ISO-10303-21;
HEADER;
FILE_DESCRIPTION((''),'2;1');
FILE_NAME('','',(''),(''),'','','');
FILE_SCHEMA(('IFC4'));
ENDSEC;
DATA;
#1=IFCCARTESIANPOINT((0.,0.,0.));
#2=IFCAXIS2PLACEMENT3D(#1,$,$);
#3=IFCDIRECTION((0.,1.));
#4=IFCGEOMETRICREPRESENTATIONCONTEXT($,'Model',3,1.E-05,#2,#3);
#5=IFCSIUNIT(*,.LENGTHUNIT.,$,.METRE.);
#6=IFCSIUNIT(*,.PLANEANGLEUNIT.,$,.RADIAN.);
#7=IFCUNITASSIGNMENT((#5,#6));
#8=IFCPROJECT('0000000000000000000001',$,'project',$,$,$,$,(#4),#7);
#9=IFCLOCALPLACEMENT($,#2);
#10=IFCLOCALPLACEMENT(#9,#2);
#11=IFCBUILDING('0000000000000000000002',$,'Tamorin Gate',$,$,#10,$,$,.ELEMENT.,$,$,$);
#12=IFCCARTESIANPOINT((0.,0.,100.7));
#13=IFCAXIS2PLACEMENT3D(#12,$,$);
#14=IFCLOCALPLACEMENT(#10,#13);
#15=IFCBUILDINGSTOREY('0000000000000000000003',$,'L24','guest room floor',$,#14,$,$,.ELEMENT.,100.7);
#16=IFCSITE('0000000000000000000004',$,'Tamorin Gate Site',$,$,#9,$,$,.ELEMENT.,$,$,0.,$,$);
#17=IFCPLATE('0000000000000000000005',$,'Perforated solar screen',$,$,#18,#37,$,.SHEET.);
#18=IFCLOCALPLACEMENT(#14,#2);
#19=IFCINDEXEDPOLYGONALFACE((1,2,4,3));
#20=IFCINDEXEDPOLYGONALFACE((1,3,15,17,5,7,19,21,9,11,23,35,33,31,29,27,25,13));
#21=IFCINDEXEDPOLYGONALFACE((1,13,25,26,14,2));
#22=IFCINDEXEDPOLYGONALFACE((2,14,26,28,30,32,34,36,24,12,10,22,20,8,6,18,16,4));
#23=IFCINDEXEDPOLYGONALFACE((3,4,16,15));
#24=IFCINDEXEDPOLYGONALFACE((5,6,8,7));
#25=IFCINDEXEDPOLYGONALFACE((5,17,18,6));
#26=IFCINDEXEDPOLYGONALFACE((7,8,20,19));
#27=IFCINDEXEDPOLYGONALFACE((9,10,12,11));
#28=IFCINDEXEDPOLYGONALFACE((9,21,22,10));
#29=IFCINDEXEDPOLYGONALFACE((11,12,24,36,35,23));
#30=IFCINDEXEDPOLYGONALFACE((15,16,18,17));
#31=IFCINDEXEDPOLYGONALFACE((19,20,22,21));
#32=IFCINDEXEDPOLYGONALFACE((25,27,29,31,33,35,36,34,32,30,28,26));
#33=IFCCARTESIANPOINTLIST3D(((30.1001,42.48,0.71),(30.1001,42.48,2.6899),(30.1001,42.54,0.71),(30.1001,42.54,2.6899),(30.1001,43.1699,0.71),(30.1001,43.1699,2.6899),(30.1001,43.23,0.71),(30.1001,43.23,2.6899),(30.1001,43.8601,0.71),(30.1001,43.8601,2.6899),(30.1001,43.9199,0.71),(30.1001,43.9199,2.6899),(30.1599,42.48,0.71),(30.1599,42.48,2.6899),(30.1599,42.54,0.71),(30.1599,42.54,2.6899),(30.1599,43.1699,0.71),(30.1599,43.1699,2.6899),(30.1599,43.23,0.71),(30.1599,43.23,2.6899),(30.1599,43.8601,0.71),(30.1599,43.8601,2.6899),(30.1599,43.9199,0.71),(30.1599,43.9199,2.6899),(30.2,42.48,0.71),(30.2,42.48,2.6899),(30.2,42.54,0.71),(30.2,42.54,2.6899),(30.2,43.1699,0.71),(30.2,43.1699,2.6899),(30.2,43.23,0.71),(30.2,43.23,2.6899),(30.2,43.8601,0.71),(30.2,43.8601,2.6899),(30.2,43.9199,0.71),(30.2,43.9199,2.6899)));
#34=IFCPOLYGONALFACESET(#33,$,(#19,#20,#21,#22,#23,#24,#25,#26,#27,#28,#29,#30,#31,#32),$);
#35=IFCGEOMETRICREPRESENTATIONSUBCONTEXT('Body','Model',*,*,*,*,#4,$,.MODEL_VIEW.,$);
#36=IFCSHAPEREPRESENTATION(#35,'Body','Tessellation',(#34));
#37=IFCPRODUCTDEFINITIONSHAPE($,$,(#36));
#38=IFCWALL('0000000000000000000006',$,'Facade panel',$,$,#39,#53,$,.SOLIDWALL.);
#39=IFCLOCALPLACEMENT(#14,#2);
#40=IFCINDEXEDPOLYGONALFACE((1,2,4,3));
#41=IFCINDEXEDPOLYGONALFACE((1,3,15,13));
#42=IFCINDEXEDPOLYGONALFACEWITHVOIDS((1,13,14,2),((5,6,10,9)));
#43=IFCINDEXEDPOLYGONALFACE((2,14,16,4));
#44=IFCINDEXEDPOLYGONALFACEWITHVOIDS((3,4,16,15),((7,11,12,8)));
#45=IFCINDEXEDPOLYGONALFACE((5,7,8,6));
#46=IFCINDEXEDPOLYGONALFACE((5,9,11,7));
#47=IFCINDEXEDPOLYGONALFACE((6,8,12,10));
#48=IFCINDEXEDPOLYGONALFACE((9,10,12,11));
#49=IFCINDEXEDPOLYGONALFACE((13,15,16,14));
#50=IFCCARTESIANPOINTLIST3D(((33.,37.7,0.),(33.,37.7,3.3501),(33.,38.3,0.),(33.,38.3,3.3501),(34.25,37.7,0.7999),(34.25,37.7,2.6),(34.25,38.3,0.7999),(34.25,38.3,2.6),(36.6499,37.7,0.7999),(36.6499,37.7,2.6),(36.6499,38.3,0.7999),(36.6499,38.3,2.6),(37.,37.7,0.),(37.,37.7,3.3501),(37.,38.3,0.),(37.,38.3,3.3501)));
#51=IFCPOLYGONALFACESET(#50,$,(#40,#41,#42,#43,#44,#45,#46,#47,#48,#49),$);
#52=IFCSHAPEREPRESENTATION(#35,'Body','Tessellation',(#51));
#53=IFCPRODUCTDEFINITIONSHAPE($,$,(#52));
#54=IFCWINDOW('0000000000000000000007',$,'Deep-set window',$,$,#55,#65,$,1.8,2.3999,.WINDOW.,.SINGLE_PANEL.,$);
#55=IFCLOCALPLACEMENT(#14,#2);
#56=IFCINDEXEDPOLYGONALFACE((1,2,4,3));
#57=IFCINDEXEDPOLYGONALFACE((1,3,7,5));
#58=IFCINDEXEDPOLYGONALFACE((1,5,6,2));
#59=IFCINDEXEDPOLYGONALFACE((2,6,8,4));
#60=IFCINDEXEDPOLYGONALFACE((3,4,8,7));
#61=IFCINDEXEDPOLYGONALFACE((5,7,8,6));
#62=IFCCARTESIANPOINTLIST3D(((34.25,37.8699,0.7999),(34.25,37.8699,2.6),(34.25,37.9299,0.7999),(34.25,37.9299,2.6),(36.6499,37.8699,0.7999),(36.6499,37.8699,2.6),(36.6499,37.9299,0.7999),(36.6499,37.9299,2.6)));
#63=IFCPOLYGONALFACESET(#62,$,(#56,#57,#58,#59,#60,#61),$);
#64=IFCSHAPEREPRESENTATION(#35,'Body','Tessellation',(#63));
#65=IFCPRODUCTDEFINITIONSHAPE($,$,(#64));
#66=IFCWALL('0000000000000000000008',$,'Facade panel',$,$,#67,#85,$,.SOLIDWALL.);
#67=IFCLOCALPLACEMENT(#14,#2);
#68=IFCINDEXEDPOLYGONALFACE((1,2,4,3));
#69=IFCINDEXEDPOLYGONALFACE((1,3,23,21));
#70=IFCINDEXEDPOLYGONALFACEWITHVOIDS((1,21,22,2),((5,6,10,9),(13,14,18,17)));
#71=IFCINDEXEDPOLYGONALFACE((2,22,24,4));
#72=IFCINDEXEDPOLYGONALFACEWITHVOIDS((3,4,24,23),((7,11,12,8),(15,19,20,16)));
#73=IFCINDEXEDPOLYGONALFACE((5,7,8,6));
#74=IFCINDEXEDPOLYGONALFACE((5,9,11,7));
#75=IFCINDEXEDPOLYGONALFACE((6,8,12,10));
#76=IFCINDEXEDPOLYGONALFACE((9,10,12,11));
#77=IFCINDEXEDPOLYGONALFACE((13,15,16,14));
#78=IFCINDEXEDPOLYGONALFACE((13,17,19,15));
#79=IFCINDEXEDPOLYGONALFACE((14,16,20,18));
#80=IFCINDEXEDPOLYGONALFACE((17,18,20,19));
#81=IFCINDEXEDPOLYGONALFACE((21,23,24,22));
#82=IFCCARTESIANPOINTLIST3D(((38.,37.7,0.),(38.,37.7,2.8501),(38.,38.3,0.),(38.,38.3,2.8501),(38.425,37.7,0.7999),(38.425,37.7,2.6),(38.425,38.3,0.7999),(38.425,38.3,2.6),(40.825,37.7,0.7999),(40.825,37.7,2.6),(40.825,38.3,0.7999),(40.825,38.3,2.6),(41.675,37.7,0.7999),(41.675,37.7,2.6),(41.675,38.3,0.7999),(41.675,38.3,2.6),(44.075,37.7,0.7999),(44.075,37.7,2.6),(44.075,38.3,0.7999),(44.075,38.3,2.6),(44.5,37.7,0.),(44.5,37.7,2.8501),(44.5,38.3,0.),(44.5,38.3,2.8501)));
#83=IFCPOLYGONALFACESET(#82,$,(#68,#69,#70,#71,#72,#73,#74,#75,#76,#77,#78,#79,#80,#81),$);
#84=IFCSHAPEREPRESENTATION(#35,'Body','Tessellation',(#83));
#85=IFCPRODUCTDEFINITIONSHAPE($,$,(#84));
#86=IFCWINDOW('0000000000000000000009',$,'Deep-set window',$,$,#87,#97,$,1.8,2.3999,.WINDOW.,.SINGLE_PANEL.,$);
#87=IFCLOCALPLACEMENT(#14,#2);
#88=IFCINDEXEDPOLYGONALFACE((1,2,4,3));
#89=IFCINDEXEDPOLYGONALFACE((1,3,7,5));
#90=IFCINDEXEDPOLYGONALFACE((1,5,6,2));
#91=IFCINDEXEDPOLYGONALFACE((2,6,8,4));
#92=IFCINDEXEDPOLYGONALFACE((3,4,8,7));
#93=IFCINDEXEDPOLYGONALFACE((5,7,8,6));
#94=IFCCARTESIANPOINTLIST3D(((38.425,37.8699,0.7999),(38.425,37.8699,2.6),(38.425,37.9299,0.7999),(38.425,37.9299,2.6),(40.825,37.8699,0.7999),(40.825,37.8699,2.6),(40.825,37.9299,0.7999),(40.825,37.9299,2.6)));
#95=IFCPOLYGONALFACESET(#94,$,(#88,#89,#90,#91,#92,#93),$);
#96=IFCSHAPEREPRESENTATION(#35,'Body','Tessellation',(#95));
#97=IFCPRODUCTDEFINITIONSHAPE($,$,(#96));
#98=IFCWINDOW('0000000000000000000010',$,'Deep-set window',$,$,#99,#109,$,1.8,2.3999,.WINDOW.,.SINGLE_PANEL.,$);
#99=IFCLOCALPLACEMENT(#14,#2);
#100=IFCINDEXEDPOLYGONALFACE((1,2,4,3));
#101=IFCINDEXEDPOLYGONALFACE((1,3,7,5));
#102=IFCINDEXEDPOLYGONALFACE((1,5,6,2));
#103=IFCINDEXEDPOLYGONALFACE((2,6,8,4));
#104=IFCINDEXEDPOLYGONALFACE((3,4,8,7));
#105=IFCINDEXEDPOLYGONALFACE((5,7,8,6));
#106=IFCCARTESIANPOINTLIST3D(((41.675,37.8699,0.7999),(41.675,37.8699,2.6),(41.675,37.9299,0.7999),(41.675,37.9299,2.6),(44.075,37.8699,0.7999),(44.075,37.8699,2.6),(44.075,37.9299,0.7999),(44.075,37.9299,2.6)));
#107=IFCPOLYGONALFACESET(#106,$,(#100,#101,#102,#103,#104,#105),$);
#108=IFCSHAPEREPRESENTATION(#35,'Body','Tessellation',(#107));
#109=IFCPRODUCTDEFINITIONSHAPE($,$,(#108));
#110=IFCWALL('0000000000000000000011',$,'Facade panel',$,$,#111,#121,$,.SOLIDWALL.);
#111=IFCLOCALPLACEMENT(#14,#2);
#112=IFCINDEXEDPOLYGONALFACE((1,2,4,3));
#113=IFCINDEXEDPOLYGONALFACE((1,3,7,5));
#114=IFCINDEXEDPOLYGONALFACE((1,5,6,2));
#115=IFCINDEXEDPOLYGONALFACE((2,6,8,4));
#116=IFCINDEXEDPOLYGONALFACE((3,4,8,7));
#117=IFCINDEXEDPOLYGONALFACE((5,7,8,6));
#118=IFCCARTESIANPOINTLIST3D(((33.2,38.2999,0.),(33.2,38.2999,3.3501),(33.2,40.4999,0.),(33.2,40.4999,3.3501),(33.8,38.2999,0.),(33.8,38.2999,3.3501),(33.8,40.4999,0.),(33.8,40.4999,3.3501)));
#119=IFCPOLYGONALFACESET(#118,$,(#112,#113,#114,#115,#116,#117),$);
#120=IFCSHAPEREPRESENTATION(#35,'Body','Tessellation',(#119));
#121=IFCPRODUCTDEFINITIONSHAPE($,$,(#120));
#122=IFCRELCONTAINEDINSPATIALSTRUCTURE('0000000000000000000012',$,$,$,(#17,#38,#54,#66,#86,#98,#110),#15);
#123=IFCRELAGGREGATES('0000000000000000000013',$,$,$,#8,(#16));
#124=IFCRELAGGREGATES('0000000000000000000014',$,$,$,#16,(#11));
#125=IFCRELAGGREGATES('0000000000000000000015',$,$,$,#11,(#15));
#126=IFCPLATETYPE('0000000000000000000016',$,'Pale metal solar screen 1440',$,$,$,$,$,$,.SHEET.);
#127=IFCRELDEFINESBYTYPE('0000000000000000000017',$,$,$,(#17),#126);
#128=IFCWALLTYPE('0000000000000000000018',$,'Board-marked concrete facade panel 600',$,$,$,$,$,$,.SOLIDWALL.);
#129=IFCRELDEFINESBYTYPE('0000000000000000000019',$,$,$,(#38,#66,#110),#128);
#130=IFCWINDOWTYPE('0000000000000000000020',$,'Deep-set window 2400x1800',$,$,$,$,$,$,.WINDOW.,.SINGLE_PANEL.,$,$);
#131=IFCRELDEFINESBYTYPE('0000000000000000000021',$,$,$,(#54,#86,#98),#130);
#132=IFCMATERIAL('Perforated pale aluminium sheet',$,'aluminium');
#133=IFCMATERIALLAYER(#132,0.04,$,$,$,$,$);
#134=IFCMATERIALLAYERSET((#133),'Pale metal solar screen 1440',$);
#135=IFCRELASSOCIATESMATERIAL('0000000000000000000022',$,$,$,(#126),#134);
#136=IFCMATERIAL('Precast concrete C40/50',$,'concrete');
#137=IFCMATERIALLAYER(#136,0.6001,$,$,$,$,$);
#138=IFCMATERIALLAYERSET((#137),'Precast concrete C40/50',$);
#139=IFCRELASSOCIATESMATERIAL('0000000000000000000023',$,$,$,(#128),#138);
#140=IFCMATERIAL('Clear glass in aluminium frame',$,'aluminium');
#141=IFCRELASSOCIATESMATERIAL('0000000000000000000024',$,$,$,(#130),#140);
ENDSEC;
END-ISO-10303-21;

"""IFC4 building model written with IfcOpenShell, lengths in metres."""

from ifc_helpers import new_model, si_unit, direction, frame, frame_2d, origin, place, context, subcontext, project, spatial, polyline, rectangle, outline, extrude, material, layer, layer_set, type_object, element, fill, save


model = new_model("IFC4")

# Units and contexts
model_context = context("Model", 3, precision=1e-05, world=origin(), true_north=direction((0.0, 1.0)))
body_context = subcontext(model_context, "Body", "Model", "MODEL_VIEW")
ifc_project = project(units=[si_unit("LENGTHUNIT", "METRE"), si_unit("PLANEANGLEUNIT", "RADIAN")], contexts=[model_context])

# Site, building, storey
site_placement = place(None, origin())
site = spatial("IfcSite", under=ifc_project, at=site_placement, Name="Tamorin Gate Site", CompositionType="ELEMENT", RefElevation=0.0)
building_placement = place(site_placement, origin())
building = spatial("IfcBuilding", under=site, at=building_placement, Name="Tamorin Gate", CompositionType="ELEMENT")
storey_placement = place(building_placement, frame((0.0, 0.0, 100.7)))
storey = spatial("IfcBuildingStorey", under=building, at=storey_placement, Name="L24", Description="guest room floor", CompositionType="ELEMENT", Elevation=100.7)

# Plate
ifc_material_1 = material(Name="Perforated pale aluminium sheet", Category="aluminium")
ifc_layer_1 = layer(ifc_material_1, 0.04)
ifc_layer_set_1 = layer_set([ifc_layer_1], Name="Pale metal solar screen 1440")
plate_type = type_object("IfcPlateType", Name="Pale metal solar screen 1440", PredefinedType="SHEET", material=ifc_layer_set_1)
plate_1_placement = place(storey_placement, frame((0.0, 0.0, 0.71)))
element("IfcPlate", 1, at=plate_1_placement, inside=storey, type_object=plate_type, Name="Perforated solar screen", PredefinedType="SHEET", context=body_context, shape_type="SweptSolid", body=[
    extrude(outline(polyline([(30.1599, 43.9199), (30.2, 43.9199), (30.2, 43.8601), (30.2, 43.23), (30.2, 43.1699), (30.2, 42.54), (30.2, 42.48), (30.1599, 42.48), (30.1001, 42.48), (30.1001, 42.54), (30.1599, 42.54), (30.1599, 43.1699), (30.1001, 43.1699), (30.1001, 43.23), (30.1599, 43.23), (30.1599, 43.8601), (30.1001, 43.8601), (30.1001, 43.9199), (30.1599, 43.9199)])), origin(), (0.0, 0.0, 1.0), 1.98),
])

# Wall, opening, window
ifc_material_2 = material(Name="Precast concrete C40/50", Category="concrete")
ifc_layer_2 = layer(ifc_material_2, 0.6001)
ifc_layer_set_2 = layer_set([ifc_layer_2], Name="Precast concrete C40/50")
wall_type = type_object("IfcWallType", Name="Board-marked concrete facade panel 600", PredefinedType="SOLIDWALL", material=ifc_layer_set_2)
wall_1_placement = place(storey_placement, frame((33.0, 38.0, 0.0), z_axis=(0.0, 0.0, 1.0), x_axis=(1.0, 0.0, 0.0)))
wall_1 = element("IfcWall", 2, at=wall_1_placement, inside=storey, type_object=wall_type, Name="Facade panel", PredefinedType="SOLIDWALL", context=body_context, shape_type="SweptSolid", body=[
    extrude(rectangle(XDim=4.0, YDim=0.6001, at=frame_2d((2.0, 0.0))), origin(), (0.0, 0.0, 1.0), 3.3501),
])
opening_1_placement = place(wall_1_placement, frame((1.25, 0.0, 0.8)))
opening_1 = element("IfcOpeningElement", 3, at=opening_1_placement, cuts=wall_1, PredefinedType="OPENING", context=body_context, shape_type="SweptSolid", body=[
    extrude(rectangle(XDim=2.3999, YDim=1.8, at=frame_2d((1.2, 0.8999))), frame((0.0, 0.3101, 0.0), z_axis=(0.0, -1.0, 0.0), x_axis=(1.0, 0.0, 0.0)), (0.0, 0.0, 1.0), 0.6201),
])
ifc_material_3 = material(Name="Clear glass in aluminium frame", Category="aluminium")
window_type = type_object("IfcWindowType", Name="Deep-set window 2400x1800", PartitioningType="SINGLE_PANEL", PredefinedType="WINDOW", material=ifc_material_3)
window_1_placement = place(opening_1_placement, origin())
window_1 = element("IfcWindow", 4, at=window_1_placement, inside=storey, type_object=window_type, Name="Deep-set window", OverallHeight=1.8, OverallWidth=2.3999, PartitioningType="SINGLE_PANEL", PredefinedType="WINDOW", context=body_context, shape_type="SweptSolid", body=[
    extrude(rectangle(XDim=2.3999, YDim=1.8, at=frame_2d((1.2, 0.8999))), frame((0.0, -0.0701, 0.0), z_axis=(0.0, -1.0, 0.0), x_axis=(1.0, 0.0, 0.0)), (0.0, 0.0, 1.0), 0.0601),
])
fill(opening_1, window_1)

# Wall, openings, windows
wall_2_placement = place(storey_placement, frame((38.0, 38.0, 0.0), z_axis=(0.0, 0.0, 1.0), x_axis=(1.0, 0.0, 0.0)))
wall_2 = element("IfcWall", 5, at=wall_2_placement, inside=storey, type_object=wall_type, Name="Facade panel", PredefinedType="SOLIDWALL", context=body_context, shape_type="SweptSolid", body=[
    extrude(rectangle(XDim=6.5, YDim=0.6001, at=frame_2d((3.25, 0.0))), origin(), (0.0, 0.0, 1.0), 2.8501),
])
opening_2_placement = place(wall_2_placement, frame((0.425, 0.0, 0.8)))
opening_2 = element("IfcOpeningElement", 6, at=opening_2_placement, cuts=wall_2, PredefinedType="OPENING", context=body_context, shape_type="SweptSolid", body=[
    extrude(rectangle(XDim=2.3999, YDim=1.8, at=frame_2d((1.2, 0.8999))), frame((0.0, 0.3101, 0.0), z_axis=(0.0, -1.0, 0.0), x_axis=(1.0, 0.0, 0.0)), (0.0, 0.0, 1.0), 0.6201),
])
opening_3_placement = place(wall_2_placement, frame((3.675, 0.0, 0.8)))
opening_3 = element("IfcOpeningElement", 7, at=opening_3_placement, cuts=wall_2, PredefinedType="OPENING", context=body_context, shape_type="SweptSolid", body=[
    extrude(rectangle(XDim=2.3999, YDim=1.8, at=frame_2d((1.2, 0.8999))), frame((0.0, 0.3101, 0.0), z_axis=(0.0, -1.0, 0.0), x_axis=(1.0, 0.0, 0.0)), (0.0, 0.0, 1.0), 0.6201),
])
window_2_placement = place(opening_2_placement, origin())
window_2 = element("IfcWindow", 8, at=window_2_placement, inside=storey, type_object=window_type, Name="Deep-set window", OverallHeight=1.8, OverallWidth=2.3999, PartitioningType="SINGLE_PANEL", PredefinedType="WINDOW", context=body_context, shape_type="SweptSolid", body=[
    extrude(rectangle(XDim=2.3999, YDim=1.8, at=frame_2d((1.2, 0.8999))), frame((0.0, -0.0701, 0.0), z_axis=(0.0, -1.0, 0.0), x_axis=(1.0, 0.0, 0.0)), (0.0, 0.0, 1.0), 0.0601),
])
fill(opening_2, window_2)
window_3_placement = place(opening_3_placement, origin())
window_3 = element("IfcWindow", 9, at=window_3_placement, inside=storey, type_object=window_type, Name="Deep-set window", OverallHeight=1.8, OverallWidth=2.3999, PartitioningType="SINGLE_PANEL", PredefinedType="WINDOW", context=body_context, shape_type="SweptSolid", body=[
    extrude(rectangle(XDim=2.3999, YDim=1.8, at=frame_2d((1.2, 0.8999))), frame((0.0, -0.0701, 0.0), z_axis=(0.0, -1.0, 0.0), x_axis=(1.0, 0.0, 0.0)), (0.0, 0.0, 1.0), 0.0601),
])
fill(opening_3, window_3)

# Wall
wall_3_placement = place(storey_placement, frame((33.5, 40.5, 0.0), z_axis=(0.0, 0.0, 1.0), x_axis=(0.0, -1.0, 0.0)))
element("IfcWall", 10, at=wall_3_placement, inside=storey, type_object=wall_type, Name="Facade panel", PredefinedType="SOLIDWALL", context=body_context, shape_type="SweptSolid", body=[
    extrude(rectangle(XDim=2.2, YDim=0.6001, at=frame_2d((1.1001, 0.0))), origin(), (0.0, 0.0, 1.0), 3.3501),
])

save(model, "model.ifc")
